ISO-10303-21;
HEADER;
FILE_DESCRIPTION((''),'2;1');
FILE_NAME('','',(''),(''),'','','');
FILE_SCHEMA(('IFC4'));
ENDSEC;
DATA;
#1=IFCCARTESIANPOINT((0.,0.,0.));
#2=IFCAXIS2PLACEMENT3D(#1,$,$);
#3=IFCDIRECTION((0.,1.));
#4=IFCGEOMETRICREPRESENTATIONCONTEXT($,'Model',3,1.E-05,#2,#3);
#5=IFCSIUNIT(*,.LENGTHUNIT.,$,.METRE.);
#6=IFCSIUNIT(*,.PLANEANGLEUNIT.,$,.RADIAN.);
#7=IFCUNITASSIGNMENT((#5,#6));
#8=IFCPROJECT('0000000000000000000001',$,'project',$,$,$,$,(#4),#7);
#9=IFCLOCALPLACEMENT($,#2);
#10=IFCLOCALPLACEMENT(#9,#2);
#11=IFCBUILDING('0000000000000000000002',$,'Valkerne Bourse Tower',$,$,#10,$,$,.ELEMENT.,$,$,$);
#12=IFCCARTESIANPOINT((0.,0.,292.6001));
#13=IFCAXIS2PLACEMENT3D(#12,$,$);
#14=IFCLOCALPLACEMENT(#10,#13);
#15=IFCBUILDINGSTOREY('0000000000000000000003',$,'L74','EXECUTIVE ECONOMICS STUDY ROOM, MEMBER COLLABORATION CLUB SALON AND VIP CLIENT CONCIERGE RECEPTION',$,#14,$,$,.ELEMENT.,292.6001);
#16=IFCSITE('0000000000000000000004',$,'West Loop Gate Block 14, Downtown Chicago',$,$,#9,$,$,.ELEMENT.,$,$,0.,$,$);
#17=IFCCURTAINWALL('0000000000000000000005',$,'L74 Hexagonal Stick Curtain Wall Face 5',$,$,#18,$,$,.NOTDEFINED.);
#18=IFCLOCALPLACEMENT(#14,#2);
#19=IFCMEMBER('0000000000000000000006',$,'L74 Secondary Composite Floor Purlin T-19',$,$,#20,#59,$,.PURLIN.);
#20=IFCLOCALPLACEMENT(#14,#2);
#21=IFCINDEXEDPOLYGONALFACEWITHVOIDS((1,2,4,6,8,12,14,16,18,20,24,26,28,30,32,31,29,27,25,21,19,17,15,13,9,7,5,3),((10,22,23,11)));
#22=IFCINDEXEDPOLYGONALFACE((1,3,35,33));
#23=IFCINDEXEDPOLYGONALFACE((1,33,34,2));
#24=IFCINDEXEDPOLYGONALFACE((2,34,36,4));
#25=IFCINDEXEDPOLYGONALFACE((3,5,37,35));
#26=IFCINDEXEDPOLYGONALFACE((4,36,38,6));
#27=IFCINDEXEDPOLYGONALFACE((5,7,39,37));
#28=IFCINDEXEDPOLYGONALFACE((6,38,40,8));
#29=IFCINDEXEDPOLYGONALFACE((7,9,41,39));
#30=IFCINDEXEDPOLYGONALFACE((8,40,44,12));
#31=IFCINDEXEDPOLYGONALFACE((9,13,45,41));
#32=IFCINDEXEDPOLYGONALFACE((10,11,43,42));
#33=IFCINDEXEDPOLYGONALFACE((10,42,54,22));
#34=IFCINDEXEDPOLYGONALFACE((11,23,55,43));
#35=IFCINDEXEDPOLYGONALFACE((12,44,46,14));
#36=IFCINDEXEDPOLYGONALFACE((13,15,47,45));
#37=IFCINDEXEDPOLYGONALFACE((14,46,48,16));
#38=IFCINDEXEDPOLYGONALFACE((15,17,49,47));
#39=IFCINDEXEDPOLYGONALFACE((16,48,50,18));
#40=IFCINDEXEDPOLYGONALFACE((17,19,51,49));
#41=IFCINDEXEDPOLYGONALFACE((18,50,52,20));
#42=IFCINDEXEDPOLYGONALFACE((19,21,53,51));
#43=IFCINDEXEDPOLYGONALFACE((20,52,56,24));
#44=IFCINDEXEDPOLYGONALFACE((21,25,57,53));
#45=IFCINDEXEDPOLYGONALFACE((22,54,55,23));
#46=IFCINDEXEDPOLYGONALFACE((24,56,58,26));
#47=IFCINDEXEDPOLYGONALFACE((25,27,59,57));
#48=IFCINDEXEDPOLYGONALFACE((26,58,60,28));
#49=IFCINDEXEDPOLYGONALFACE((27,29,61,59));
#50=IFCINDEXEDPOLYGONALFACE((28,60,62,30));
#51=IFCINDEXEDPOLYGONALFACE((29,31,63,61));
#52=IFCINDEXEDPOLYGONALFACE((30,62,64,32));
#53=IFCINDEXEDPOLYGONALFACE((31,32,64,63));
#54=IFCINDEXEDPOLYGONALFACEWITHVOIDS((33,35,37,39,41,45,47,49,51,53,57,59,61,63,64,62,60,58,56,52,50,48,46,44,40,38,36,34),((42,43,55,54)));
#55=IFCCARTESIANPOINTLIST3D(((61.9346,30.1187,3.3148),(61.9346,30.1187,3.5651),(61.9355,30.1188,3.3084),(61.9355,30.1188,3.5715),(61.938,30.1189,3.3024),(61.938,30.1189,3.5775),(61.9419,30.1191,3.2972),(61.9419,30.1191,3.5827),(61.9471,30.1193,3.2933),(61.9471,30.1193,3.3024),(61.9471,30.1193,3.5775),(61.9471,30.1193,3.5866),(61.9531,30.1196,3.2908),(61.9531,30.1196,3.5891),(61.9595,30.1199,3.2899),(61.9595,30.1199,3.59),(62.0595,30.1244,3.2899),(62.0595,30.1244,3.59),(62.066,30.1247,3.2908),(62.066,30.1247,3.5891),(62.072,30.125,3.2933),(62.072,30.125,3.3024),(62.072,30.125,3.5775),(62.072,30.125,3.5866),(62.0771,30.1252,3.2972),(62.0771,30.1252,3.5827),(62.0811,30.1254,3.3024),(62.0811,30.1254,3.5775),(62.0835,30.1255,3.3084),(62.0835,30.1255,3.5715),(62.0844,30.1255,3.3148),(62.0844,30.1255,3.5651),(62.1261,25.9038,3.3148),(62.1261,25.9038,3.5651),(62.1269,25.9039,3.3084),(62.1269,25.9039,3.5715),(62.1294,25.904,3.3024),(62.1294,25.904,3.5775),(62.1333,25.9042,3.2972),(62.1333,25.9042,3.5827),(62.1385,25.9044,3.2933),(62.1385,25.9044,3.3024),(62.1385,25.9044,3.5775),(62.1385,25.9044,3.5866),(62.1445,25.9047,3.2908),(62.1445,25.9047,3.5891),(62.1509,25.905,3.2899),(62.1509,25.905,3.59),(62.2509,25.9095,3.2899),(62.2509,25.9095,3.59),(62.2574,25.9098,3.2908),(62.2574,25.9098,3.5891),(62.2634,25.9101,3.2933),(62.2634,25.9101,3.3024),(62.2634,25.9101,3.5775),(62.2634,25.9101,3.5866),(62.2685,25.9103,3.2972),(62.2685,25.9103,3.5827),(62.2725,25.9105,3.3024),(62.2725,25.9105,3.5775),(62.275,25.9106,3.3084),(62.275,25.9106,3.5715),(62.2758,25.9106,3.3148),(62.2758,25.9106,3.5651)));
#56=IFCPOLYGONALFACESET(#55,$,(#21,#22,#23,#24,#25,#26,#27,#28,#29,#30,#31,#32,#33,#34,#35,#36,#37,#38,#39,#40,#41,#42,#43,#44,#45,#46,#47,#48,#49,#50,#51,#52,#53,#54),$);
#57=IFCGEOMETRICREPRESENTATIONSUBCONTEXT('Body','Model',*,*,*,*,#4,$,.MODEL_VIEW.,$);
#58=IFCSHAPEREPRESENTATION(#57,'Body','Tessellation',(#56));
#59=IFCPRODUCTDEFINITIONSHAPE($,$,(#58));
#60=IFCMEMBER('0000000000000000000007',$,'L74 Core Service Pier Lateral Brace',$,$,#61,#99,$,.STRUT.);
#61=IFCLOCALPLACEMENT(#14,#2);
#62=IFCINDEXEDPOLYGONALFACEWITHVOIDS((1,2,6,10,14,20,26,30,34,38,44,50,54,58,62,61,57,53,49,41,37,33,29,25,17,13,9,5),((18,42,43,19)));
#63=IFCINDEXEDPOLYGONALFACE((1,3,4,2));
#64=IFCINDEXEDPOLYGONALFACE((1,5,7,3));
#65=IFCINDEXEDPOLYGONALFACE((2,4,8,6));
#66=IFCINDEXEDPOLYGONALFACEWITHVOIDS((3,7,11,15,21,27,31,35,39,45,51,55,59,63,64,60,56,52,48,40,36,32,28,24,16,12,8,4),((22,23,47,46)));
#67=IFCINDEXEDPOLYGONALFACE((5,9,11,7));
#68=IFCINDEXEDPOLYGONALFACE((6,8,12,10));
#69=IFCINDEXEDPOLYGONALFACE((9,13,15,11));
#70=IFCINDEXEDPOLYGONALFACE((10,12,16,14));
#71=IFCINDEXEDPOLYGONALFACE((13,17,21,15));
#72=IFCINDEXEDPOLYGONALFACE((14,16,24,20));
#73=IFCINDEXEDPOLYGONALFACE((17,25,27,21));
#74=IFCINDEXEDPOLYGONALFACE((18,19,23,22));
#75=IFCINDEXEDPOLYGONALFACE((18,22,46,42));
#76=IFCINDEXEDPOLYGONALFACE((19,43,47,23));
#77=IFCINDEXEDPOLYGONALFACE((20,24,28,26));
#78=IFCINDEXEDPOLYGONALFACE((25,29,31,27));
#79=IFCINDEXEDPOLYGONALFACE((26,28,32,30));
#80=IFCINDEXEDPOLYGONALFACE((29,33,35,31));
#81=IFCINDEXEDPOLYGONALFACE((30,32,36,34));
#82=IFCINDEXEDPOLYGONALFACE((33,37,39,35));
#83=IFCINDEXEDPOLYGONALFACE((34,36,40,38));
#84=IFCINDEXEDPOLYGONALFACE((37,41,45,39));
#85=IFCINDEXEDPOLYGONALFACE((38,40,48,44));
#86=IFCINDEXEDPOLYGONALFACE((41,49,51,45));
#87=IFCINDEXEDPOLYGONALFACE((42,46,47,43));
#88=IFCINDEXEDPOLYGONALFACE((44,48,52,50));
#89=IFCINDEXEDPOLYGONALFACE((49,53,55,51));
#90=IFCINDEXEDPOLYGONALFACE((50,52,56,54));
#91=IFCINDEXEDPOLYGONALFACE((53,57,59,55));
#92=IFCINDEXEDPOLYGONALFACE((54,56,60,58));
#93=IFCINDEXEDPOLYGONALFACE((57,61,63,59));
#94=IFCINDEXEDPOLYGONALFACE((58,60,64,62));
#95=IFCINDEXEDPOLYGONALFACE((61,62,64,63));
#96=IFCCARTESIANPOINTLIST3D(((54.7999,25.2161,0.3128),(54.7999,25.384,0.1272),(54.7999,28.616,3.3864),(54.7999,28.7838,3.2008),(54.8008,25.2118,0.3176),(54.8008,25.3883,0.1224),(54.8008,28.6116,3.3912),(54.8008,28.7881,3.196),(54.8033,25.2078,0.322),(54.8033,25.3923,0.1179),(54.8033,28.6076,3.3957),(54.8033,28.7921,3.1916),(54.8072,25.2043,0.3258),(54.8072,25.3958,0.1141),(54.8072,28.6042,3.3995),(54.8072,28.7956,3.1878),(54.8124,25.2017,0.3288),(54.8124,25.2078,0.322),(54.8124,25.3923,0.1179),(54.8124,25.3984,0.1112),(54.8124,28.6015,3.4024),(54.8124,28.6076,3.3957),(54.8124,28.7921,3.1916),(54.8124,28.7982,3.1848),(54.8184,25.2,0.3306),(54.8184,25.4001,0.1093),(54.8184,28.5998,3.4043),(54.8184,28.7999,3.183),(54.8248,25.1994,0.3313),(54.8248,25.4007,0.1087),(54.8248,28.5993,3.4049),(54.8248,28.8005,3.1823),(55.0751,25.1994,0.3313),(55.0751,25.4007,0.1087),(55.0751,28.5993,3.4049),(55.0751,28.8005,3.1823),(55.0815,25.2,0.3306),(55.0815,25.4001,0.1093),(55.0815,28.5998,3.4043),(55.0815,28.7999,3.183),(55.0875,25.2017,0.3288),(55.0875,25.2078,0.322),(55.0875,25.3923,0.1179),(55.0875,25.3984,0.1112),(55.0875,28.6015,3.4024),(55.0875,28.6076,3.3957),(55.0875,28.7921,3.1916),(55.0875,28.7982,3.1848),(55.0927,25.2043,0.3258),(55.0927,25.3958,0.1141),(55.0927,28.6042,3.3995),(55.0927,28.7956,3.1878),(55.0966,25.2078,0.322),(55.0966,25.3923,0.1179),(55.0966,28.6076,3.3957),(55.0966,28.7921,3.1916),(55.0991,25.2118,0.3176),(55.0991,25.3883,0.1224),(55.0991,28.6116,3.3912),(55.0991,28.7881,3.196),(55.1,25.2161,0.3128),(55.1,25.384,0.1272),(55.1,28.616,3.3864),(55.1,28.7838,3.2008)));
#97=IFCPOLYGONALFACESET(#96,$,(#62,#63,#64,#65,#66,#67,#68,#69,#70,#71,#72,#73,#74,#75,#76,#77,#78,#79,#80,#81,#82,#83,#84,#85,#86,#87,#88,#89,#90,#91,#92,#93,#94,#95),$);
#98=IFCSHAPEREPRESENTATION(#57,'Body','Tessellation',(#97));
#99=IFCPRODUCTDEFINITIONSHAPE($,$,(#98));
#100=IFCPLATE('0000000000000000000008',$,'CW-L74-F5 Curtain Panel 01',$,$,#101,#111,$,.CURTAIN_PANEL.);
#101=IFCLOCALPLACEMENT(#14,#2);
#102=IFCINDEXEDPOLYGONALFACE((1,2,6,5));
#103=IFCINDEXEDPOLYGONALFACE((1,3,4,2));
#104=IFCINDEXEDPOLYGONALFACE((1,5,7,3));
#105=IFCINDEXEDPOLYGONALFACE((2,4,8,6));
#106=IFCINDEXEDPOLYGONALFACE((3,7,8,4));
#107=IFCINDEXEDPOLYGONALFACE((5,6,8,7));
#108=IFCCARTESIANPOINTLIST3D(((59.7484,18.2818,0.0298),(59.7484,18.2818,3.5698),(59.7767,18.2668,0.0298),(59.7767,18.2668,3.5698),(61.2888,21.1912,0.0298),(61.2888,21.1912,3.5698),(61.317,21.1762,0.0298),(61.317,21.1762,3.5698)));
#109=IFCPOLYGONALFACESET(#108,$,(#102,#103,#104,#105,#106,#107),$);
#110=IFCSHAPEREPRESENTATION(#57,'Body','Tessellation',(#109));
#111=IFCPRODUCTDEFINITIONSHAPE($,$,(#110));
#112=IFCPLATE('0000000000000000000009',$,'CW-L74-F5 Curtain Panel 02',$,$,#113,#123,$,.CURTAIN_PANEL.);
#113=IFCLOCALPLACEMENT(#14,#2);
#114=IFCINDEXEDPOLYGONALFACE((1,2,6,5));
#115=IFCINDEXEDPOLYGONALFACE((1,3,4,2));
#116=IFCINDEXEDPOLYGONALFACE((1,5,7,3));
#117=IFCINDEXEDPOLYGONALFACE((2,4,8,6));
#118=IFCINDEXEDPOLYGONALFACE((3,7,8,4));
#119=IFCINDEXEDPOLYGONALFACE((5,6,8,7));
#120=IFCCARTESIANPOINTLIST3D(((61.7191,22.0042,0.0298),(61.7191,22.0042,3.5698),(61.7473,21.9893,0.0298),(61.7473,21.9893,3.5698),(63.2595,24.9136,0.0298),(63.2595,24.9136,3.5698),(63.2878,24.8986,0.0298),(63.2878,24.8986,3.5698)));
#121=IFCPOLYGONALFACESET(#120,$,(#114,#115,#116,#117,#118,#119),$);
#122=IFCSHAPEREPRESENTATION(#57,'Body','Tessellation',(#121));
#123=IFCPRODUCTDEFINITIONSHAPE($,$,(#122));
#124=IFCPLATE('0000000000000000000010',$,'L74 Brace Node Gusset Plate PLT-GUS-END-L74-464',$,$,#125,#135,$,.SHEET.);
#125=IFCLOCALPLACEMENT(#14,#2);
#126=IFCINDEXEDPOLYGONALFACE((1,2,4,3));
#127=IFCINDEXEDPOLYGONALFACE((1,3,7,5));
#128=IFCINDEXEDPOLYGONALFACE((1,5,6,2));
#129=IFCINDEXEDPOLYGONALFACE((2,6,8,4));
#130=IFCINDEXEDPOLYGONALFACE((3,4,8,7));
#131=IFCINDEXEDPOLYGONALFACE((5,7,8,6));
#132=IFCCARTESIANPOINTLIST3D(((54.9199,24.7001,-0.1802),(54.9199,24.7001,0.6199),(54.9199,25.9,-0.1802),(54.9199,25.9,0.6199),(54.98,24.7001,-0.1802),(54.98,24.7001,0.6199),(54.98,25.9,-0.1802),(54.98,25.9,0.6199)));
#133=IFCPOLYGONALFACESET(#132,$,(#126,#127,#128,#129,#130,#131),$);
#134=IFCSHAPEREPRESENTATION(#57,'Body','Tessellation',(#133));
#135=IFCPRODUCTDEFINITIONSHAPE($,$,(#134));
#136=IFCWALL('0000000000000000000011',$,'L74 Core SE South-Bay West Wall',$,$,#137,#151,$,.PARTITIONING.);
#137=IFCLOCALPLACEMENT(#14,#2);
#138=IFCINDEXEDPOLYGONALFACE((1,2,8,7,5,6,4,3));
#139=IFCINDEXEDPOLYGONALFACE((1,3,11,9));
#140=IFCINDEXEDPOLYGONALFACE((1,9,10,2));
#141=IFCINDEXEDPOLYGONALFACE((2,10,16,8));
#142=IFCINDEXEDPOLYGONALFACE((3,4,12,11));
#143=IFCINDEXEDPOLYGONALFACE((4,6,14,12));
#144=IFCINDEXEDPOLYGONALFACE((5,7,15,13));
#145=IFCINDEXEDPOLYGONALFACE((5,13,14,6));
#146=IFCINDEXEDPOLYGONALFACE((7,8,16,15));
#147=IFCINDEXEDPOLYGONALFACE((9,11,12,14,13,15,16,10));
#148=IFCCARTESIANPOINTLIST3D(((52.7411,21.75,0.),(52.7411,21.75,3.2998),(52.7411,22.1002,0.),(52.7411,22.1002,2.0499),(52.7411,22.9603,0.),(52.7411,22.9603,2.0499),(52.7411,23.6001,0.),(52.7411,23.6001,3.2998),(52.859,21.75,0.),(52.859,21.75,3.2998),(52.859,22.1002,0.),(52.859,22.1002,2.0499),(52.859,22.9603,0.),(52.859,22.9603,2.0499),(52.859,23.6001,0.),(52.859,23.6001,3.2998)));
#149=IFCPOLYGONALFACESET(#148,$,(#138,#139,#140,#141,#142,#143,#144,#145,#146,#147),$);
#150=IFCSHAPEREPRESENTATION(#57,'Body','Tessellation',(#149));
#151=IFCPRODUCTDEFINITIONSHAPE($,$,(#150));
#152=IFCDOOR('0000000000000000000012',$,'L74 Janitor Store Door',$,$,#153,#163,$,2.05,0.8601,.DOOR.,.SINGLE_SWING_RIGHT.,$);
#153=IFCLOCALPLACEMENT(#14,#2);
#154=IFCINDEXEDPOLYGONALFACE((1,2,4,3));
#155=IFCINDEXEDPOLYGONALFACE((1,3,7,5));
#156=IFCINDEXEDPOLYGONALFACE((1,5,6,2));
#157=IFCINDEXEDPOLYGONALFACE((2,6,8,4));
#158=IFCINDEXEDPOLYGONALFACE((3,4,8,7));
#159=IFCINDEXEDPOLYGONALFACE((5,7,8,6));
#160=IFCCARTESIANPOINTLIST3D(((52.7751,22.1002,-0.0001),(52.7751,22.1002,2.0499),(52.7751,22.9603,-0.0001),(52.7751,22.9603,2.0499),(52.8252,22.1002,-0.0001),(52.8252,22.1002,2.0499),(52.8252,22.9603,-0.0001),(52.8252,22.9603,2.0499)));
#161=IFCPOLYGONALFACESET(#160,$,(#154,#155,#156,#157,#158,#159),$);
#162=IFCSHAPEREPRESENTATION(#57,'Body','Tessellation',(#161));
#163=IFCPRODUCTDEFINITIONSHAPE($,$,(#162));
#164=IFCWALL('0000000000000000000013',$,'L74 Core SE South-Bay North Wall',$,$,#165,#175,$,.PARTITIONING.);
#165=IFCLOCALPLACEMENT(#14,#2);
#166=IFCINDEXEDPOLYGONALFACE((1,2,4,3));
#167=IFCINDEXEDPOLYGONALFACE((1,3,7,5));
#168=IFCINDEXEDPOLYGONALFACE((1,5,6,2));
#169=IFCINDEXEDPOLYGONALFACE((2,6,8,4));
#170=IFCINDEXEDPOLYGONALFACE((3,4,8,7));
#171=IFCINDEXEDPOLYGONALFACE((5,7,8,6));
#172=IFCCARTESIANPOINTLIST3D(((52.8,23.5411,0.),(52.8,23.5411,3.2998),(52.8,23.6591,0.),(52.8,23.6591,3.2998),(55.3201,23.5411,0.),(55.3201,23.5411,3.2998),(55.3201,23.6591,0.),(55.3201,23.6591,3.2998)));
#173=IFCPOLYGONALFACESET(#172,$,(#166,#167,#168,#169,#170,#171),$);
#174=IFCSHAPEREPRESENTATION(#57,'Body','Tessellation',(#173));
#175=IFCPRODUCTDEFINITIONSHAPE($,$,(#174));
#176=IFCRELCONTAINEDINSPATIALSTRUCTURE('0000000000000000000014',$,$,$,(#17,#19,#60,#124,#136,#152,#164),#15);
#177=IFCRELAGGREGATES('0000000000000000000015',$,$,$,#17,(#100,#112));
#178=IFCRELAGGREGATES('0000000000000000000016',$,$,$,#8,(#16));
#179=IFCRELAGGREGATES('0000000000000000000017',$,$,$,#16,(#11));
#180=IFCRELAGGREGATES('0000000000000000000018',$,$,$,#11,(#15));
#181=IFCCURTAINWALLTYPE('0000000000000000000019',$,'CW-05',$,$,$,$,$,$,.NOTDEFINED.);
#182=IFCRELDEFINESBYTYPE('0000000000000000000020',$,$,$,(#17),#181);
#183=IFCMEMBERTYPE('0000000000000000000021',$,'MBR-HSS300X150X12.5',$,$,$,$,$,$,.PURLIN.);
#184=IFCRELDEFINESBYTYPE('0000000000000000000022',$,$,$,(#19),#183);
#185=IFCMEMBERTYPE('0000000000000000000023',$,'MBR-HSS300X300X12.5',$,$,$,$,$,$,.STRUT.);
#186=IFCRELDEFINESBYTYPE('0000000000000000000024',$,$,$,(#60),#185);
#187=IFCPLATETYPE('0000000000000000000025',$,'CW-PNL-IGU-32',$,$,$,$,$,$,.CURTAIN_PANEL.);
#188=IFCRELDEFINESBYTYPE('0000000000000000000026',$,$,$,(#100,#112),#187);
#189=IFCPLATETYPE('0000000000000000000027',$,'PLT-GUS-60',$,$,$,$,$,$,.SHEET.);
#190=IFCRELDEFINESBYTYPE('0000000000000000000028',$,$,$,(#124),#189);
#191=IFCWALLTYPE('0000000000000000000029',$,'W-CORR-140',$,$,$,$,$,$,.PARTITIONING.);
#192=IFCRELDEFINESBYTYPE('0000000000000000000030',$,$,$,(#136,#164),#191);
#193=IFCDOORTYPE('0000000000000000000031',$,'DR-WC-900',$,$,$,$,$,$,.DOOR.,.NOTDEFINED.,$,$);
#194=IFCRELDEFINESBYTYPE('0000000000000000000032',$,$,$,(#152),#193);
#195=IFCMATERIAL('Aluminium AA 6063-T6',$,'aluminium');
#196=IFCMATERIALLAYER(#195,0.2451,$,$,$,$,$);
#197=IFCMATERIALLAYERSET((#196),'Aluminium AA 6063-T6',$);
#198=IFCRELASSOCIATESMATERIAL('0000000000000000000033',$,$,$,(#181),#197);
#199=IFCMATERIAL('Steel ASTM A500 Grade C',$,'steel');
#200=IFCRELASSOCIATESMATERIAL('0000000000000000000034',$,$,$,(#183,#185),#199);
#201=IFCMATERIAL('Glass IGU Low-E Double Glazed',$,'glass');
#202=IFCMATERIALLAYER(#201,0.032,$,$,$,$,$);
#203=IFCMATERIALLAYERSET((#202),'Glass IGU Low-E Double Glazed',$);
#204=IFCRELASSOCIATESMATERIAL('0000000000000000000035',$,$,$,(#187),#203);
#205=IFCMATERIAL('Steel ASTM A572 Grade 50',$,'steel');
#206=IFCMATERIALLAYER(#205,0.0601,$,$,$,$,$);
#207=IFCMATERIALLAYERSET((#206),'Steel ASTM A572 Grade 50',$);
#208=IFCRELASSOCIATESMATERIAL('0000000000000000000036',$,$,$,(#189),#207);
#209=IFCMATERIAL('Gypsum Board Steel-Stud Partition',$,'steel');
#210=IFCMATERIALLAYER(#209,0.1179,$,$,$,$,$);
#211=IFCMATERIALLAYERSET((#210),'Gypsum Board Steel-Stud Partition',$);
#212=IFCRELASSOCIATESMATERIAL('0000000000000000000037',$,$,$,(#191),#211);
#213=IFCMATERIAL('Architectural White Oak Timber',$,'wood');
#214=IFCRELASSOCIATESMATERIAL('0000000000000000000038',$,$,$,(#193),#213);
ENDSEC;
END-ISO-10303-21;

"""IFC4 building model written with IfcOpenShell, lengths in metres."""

from ifc_helpers import new_model, si_unit, direction, frame, frame_2d, origin, origin_2d, place, context, subcontext, project, spatial, rectangle, hollow_rectangle, extrude, material, layer, layer_set, material_profile, profile_set, type_object, element, fill, aggregate, save


model = new_model("IFC4")

# Units and contexts
model_context = context("Model", 3, precision=1e-05, world=origin(), true_north=direction((0.0, 1.0)))
body_context = subcontext(model_context, "Body", "Model", "MODEL_VIEW")
ifc_project = project(units=[si_unit("LENGTHUNIT", "METRE"), si_unit("PLANEANGLEUNIT", "RADIAN")], contexts=[model_context])

# Site, building, storey
site_placement = place(None, origin())
site = spatial("IfcSite", under=ifc_project, at=site_placement, Name="West Loop Gate Block 14, Downtown Chicago", CompositionType="ELEMENT", RefElevation=0.0)
building_placement = place(site_placement, origin())
building = spatial("IfcBuilding", under=site, at=building_placement, Name="Valkerne Bourse Tower", CompositionType="ELEMENT")
storey_placement = place(building_placement, frame((0.0, 0.0, 292.6001)))
storey = spatial("IfcBuildingStorey", under=building, at=storey_placement, Name="L74", Description="EXECUTIVE ECONOMICS STUDY ROOM, MEMBER COLLABORATION CLUB SALON AND VIP CLIENT CONCIERGE RECEPTION", CompositionType="ELEMENT", Elevation=292.6001)

# Shared definitions
ifc_material_1 = material(Name="Steel ASTM A500 Grade C", Category="steel")

# Curtain wall
ifc_material_2 = material(Name="Aluminium AA 6063-T6", Category="aluminium")
ifc_layer_1 = layer(ifc_material_2, 0.2451)
ifc_layer_set_1 = layer_set([ifc_layer_1], Name="Aluminium AA 6063-T6")
curtain_wall_type = type_object("IfcCurtainWallType", Name="CW-05", PredefinedType="NOTDEFINED", material=ifc_layer_set_1)
curtain_wall_placement = place(storey_placement, origin())
curtain_wall = element("IfcCurtainWall", 1, at=curtain_wall_placement, inside=storey, type_object=curtain_wall_type, Name="L74 Hexagonal Stick Curtain Wall Face 5", PredefinedType="NOTDEFINED")

# Members
ifc_material_profile_1 = material_profile(ifc_material_1, hollow_rectangle(XDim=0.1499, YDim=0.3, WallThickness=0.0125, OuterFilletRadius=0.0249, at=origin_2d()), Name="HSS300X150X12.5")
ifc_profile_set_1 = profile_set([ifc_material_profile_1], Name="Steel ASTM A500 Grade C")
member_type_1 = type_object("IfcMemberType", Name="MBR-HSS300X150X12.5", PredefinedType="PURLIN", material=ifc_profile_set_1)
member_1_placement = place(storey_placement, frame((62.2009, 25.9072, 3.4399), z_axis=(-0.045366, 0.99897, 0.0), x_axis=(-0.99897, -0.045366, 0.0)))
element("IfcMember", 2, at=member_1_placement, inside=storey, type_object=member_type_1, Name="L74 Secondary Composite Floor Purlin T-19", PredefinedType="PURLIN", context=body_context, shape_type="SweptSolid", body=[
    extrude(hollow_rectangle(XDim=0.1499, YDim=0.3, WallThickness=0.0125, OuterFilletRadius=0.0249, at=origin_2d()), origin(), (0.0, 0.0, 1.0), 4.2192),
])
ifc_material_profile_2 = material_profile(ifc_material_1, hollow_rectangle(XDim=0.3, YDim=0.3, WallThickness=0.0125, OuterFilletRadius=0.0249, at=origin_2d()), Name="HSS300X300X12.5")
ifc_profile_set_2 = profile_set([ifc_material_profile_2], Name="Steel ASTM A500 Grade C")
member_type_2 = type_object("IfcMemberType", Name="MBR-HSS300X300X12.5", PredefinedType="STRUT", material=ifc_profile_set_2)
member_2_placement = place(storey_placement, frame((54.95, 25.3, 0.22), z_axis=(0.0, 0.741793, 0.670629), x_axis=(-1.0, 0.0, 0.0)))
element("IfcMember", 3, at=member_2_placement, inside=storey, type_object=member_type_2, Name="L74 Core Service Pier Lateral Brace", PredefinedType="STRUT", context=body_context, shape_type="SweptSolid", body=[
    extrude(hollow_rectangle(XDim=0.3, YDim=0.3, WallThickness=0.0125, OuterFilletRadius=0.0249, at=origin_2d()), origin(), (0.0, 0.0, 1.0), 4.5833),
])

# Plates
ifc_material_3 = material(Name="Glass IGU Low-E Double Glazed", Category="glass")
ifc_layer_2 = layer(ifc_material_3, 0.032)
ifc_layer_set_2 = layer_set([ifc_layer_2], Name="Glass IGU Low-E Double Glazed")
plate_type_1 = type_object("IfcPlateType", Name="CW-PNL-IGU-32", PredefinedType="CURTAIN_PANEL", material=ifc_layer_set_2)
plate_1_placement = place(storey_placement, frame((60.5327, 19.729, 0.0298), z_axis=(0.0, 0.0, 1.0), x_axis=(0.467918, 0.883772, 0.0)))
plate_1 = element("IfcPlate", 4, at=plate_1_placement, type_object=plate_type_1, Name="CW-L74-F5 Curtain Panel 01", PredefinedType="CURTAIN_PANEL", context=body_context, shape_type="SweptSolid", body=[
    extrude(rectangle(XDim=3.292, YDim=0.032, at=origin_2d()), origin(), (0.0, 0.0, 1.0), 3.54),
])
plate_2_placement = place(storey_placement, frame((62.5034, 23.4514, 0.0298), z_axis=(0.0, 0.0, 1.0), x_axis=(0.467928, 0.883767, 0.0)))
plate_2 = element("IfcPlate", 5, at=plate_2_placement, type_object=plate_type_1, Name="CW-L74-F5 Curtain Panel 02", PredefinedType="CURTAIN_PANEL", context=body_context, shape_type="SweptSolid", body=[
    extrude(rectangle(XDim=3.292, YDim=0.032, at=origin_2d()), origin(), (0.0, 0.0, 1.0), 3.54),
])
aggregate(curtain_wall, [plate_1, plate_2])
ifc_material_4 = material(Name="Steel ASTM A572 Grade 50", Category="steel")
ifc_layer_3 = layer(ifc_material_4, 0.0601)
ifc_layer_set_3 = layer_set([ifc_layer_3], Name="Steel ASTM A572 Grade 50")
plate_type_2 = type_object("IfcPlateType", Name="PLT-GUS-60", PredefinedType="SHEET", material=ifc_layer_set_3)
plate_3_placement = place(storey_placement, frame((54.95, 25.3, -0.1802), z_axis=(0.0, 0.0, 1.0), x_axis=(0.0, 1.0, 0.0)))
element("IfcPlate", 6, at=plate_3_placement, inside=storey, type_object=plate_type_2, Name="L74 Brace Node Gusset Plate PLT-GUS-END-L74-464", PredefinedType="SHEET", context=body_context, shape_type="SweptSolid", body=[
    extrude(rectangle(XDim=1.2, YDim=0.0601, at=origin_2d()), origin(), (0.0, 0.0, 1.0), 0.8),
])

# Wall, opening, door
ifc_material_5 = material(Name="Gypsum Board Steel-Stud Partition", Category="steel")
ifc_layer_4 = layer(ifc_material_5, 0.1179)
ifc_layer_set_4 = layer_set([ifc_layer_4], Name="Gypsum Board Steel-Stud Partition")
wall_type_1 = type_object("IfcWallType", Name="W-CORR-140", PredefinedType="PARTITIONING", material=ifc_layer_set_4)
wall_1_placement = place(storey_placement, frame((52.8, 21.75, 0.0), z_axis=(0.0, 0.0, 1.0), x_axis=(0.0, 1.0, 0.0)))
wall_1 = element("IfcWall", 7, at=wall_1_placement, inside=storey, type_object=wall_type_1, Name="L74 Core SE South-Bay West Wall", PredefinedType="PARTITIONING", context=body_context, shape_type="SweptSolid", body=[
    extrude(rectangle(XDim=1.8501, YDim=0.1179, at=frame_2d((0.925, 0.0))), origin(), (0.0, 0.0, 1.0), 3.2998),
])
opening_1_placement = place(wall_1_placement, frame((0.3501, 0.0, 0.0)))
opening_1 = element("IfcOpeningElement", 8, at=opening_1_placement, cuts=wall_1, PredefinedType="OPENING", context=body_context, shape_type="SweptSolid", body=[
    extrude(rectangle(XDim=0.8601, YDim=2.05, at=frame_2d((0.4302, 1.0249))), frame((0.0, 0.0688, 0.0), z_axis=(0.0, -1.0, 0.0), x_axis=(1.0, 0.0, 0.0)), (0.0, 0.0, 1.0), 0.1379),
])
ifc_material_6 = material(Name="Architectural White Oak Timber", Category="wood")
door_type_1 = type_object("IfcDoorType", Name="DR-WC-900", OperationType="NOTDEFINED", PredefinedType="DOOR", material=ifc_material_6)
door_1_placement = place(opening_1_placement, origin())
door_1 = element("IfcDoor", 9, at=door_1_placement, inside=storey, type_object=door_type_1, Name="L74 Janitor Store Door", OperationType="SINGLE_SWING_RIGHT", OverallHeight=2.05, OverallWidth=0.8601, PredefinedType="DOOR", context=body_context, shape_type="SweptSolid", body=[
    extrude(rectangle(XDim=0.8601, YDim=2.05, at=frame_2d((0.4302, 1.0249))), frame((0.0, 0.0249, 0.0), z_axis=(0.0, -1.0, 0.0), x_axis=(1.0, 0.0, 0.0)), (0.0, 0.0, 1.0), 0.05),
])
fill(opening_1, door_1)

# Wall
wall_2_placement = place(storey_placement, frame((52.8, 23.6001, 0.0), z_axis=(0.0, 0.0, 1.0), x_axis=(1.0, 0.0, 0.0)))
element("IfcWall", 10, at=wall_2_placement, inside=storey, type_object=wall_type_1, Name="L74 Core SE South-Bay North Wall", PredefinedType="PARTITIONING", context=body_context, shape_type="SweptSolid", body=[
    extrude(rectangle(XDim=2.52, YDim=0.1179, at=frame_2d((1.26, 0.0))), origin(), (0.0, 0.0, 1.0), 3.2998),
])

save(model, "model.ifc")
